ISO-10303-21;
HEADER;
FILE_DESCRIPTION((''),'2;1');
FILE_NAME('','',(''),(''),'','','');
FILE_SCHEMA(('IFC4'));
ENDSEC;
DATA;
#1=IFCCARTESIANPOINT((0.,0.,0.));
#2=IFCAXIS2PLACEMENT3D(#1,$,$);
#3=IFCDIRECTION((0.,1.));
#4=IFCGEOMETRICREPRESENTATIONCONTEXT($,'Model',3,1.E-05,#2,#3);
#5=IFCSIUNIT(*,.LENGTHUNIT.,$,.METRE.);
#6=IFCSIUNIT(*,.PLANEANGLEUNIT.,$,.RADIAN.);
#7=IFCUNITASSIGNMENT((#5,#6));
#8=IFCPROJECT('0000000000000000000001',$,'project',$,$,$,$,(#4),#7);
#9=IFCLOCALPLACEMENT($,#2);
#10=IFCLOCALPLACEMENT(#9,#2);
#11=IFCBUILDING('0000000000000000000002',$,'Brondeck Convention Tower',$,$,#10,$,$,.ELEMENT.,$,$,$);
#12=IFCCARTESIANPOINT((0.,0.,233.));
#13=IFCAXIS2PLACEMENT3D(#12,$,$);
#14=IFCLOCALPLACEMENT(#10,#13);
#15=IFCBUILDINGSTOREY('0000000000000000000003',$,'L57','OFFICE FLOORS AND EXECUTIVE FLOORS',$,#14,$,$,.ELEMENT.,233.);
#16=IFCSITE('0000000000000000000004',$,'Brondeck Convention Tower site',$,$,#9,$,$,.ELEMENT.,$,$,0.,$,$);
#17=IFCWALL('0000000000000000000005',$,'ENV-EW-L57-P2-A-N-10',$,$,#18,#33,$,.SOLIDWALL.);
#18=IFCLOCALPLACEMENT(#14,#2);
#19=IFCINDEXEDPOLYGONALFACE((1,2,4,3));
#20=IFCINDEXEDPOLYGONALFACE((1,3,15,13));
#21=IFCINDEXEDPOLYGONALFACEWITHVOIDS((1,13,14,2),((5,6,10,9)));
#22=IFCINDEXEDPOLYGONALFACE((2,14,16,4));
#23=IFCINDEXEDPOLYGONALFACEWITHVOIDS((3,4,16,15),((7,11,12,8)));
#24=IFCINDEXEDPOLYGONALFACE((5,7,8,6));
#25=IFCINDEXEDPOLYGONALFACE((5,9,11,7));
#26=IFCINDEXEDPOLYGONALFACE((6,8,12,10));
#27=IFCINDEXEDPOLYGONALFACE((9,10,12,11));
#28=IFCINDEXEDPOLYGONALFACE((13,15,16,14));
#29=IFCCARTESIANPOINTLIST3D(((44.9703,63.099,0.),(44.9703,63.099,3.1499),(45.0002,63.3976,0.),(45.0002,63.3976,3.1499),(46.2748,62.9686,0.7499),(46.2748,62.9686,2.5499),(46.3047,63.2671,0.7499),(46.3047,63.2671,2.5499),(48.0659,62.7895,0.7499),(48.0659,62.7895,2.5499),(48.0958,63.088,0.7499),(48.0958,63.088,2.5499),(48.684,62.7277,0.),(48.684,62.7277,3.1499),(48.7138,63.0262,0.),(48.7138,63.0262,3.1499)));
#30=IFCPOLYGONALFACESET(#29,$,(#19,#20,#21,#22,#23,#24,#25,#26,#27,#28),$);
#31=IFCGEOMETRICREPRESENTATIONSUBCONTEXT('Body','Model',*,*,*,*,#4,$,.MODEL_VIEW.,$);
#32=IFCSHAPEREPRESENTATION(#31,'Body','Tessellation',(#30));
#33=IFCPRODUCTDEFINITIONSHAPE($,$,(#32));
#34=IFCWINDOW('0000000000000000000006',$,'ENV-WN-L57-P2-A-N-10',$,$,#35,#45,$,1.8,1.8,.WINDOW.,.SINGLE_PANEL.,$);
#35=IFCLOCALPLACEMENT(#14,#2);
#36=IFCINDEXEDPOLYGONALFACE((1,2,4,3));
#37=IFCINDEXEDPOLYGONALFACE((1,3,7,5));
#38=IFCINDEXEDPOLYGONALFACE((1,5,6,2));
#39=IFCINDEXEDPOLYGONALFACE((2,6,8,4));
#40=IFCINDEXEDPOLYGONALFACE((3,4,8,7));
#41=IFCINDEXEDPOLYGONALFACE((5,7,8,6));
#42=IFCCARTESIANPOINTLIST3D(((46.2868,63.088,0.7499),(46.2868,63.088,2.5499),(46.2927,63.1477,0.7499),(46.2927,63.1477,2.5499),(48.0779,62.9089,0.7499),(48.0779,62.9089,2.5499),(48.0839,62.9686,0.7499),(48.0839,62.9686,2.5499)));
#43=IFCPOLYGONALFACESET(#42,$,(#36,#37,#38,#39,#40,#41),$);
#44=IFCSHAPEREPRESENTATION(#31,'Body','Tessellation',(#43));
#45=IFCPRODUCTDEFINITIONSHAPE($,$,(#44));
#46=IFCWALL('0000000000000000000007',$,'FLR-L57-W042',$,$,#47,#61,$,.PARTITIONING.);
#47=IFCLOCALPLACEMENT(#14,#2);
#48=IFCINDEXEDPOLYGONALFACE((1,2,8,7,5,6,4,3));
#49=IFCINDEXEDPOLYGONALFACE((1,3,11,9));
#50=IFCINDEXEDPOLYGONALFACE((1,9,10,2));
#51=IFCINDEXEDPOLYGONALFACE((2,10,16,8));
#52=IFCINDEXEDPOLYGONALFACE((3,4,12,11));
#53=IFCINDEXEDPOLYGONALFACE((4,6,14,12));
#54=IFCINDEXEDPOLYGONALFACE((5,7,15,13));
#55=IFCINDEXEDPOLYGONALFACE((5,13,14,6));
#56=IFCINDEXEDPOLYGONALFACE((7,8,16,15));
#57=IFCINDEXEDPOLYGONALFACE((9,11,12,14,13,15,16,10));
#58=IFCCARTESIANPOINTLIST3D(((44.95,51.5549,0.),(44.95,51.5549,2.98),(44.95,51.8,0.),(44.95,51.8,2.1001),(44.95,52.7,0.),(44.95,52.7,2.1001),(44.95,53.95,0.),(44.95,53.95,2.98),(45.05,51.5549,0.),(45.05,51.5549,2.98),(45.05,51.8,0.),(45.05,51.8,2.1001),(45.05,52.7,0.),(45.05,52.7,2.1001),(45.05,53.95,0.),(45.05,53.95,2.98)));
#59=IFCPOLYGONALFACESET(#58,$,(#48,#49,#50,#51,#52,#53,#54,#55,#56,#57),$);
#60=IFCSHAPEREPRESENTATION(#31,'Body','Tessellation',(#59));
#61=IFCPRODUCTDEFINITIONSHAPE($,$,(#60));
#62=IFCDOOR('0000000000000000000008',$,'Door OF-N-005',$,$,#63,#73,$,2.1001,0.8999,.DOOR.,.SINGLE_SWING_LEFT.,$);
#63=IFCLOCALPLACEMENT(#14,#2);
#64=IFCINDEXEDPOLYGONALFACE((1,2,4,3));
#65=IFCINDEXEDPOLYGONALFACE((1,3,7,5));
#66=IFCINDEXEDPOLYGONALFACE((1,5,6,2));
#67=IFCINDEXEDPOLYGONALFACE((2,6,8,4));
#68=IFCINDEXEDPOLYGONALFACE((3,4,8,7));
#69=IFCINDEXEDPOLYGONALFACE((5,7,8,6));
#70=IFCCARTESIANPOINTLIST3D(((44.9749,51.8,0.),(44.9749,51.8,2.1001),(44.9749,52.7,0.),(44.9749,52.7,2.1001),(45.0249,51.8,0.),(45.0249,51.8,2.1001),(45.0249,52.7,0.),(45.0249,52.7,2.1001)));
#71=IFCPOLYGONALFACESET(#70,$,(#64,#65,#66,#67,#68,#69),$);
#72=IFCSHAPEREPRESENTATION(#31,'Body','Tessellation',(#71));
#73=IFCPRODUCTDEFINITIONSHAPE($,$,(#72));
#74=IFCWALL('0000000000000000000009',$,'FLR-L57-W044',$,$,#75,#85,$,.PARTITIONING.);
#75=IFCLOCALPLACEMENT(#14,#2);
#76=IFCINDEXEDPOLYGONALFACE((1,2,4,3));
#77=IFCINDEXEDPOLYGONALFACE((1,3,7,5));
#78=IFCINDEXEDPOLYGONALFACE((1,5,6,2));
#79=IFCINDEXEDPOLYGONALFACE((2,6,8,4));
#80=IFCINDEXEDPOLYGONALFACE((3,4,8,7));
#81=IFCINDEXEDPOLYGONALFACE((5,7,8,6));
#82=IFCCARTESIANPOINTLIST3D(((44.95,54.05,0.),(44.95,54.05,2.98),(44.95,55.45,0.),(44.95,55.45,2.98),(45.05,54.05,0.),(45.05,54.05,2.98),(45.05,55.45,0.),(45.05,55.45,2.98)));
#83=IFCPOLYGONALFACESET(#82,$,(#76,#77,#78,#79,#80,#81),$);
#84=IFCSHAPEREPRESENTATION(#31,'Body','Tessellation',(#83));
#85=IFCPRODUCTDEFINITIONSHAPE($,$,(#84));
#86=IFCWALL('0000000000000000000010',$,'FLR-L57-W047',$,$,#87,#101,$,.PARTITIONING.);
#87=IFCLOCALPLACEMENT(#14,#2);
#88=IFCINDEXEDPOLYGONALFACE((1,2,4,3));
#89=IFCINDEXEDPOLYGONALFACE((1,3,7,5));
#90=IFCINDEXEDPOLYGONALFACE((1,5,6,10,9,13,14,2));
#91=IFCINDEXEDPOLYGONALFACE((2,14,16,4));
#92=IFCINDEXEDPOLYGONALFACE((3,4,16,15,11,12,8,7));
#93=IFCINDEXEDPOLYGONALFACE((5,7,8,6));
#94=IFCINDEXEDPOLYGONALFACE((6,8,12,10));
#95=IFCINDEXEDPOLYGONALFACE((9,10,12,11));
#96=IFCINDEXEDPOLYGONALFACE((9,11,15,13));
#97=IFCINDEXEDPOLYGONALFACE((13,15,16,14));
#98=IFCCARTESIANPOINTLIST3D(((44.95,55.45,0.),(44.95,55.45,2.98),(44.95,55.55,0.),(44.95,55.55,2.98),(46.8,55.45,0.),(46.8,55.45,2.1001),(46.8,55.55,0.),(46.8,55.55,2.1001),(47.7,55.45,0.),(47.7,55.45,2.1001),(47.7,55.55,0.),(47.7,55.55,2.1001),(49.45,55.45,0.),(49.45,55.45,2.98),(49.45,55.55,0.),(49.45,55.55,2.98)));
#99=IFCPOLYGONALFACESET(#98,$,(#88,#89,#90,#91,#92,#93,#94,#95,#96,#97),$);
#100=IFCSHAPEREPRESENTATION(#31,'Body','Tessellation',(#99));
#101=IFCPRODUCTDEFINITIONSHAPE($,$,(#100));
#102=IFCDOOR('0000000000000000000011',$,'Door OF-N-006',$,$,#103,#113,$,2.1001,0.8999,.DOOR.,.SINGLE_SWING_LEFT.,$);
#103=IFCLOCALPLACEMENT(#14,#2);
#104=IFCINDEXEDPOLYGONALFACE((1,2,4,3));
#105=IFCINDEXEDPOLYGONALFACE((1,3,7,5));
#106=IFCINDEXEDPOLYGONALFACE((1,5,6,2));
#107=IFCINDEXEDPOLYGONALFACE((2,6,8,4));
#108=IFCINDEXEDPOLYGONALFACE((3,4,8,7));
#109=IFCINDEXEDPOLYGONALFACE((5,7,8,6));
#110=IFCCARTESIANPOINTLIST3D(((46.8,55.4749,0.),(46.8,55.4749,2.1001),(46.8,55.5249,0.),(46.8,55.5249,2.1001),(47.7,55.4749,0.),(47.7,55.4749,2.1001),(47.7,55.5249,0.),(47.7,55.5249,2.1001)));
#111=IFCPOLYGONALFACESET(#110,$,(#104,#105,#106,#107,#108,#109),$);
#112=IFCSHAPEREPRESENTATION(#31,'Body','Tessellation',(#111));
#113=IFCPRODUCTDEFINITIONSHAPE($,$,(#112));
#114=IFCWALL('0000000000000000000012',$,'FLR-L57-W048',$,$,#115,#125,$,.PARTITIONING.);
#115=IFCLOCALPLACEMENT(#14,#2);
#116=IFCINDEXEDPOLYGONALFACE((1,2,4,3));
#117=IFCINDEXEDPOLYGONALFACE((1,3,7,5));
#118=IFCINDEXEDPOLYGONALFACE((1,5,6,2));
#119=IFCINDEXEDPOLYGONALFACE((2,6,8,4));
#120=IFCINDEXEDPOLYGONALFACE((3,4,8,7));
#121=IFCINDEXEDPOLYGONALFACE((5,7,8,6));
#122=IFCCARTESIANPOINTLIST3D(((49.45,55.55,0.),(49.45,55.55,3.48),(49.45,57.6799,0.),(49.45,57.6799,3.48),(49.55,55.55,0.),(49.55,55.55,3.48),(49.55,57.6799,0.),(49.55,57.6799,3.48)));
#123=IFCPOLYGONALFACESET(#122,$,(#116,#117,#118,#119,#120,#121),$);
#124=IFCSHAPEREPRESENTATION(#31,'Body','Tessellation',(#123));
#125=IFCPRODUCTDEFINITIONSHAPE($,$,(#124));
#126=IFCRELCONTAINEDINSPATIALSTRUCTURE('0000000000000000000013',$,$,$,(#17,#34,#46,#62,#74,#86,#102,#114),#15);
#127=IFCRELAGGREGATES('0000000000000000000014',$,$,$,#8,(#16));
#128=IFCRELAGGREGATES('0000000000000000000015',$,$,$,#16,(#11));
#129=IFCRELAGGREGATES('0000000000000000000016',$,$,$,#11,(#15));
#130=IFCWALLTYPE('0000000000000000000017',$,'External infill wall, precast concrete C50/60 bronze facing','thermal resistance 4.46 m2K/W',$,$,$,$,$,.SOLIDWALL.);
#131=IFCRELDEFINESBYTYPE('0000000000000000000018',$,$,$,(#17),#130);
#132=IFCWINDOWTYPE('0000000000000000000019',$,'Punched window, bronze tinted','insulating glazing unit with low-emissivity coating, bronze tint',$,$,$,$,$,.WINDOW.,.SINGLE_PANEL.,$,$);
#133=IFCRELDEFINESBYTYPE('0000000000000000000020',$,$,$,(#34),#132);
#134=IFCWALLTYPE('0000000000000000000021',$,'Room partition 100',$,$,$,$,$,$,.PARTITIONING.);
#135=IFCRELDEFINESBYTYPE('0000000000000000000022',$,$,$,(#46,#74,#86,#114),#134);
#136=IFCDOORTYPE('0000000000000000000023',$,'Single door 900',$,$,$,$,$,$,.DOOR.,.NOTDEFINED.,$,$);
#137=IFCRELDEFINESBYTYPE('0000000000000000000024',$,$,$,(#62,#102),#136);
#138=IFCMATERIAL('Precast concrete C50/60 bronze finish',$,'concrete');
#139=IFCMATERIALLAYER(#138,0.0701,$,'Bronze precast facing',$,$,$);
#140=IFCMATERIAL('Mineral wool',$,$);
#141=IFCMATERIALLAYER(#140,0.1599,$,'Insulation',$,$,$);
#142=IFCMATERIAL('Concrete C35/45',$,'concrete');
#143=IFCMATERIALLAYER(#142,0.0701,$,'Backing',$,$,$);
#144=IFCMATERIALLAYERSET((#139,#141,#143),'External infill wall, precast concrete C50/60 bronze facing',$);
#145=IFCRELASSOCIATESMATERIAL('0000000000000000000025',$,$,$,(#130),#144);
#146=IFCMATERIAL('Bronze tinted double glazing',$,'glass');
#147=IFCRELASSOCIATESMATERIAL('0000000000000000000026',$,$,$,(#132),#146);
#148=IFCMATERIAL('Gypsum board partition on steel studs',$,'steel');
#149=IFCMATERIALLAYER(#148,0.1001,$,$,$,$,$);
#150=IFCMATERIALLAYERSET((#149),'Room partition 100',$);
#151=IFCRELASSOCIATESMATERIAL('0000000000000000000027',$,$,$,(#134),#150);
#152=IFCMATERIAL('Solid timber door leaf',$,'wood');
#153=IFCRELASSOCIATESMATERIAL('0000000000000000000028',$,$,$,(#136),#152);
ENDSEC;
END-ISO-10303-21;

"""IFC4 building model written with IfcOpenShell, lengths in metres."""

from ifc_helpers import new_model, si_unit, direction, frame, frame_2d, origin, place, context, subcontext, project, spatial, rectangle, extrude, material, layer, layer_set, type_object, element, fill, save


model = new_model("IFC4")

# Units and contexts
model_context = context("Model", 3, precision=1e-05, world=origin(), true_north=direction((0.0, 1.0)))
body_context = subcontext(model_context, "Body", "Model", "MODEL_VIEW")
ifc_project = project(units=[si_unit("LENGTHUNIT", "METRE"), si_unit("PLANEANGLEUNIT", "RADIAN")], contexts=[model_context])

# Site, building, storey
site_placement = place(None, origin())
site = spatial("IfcSite", under=ifc_project, at=site_placement, Name="Brondeck Convention Tower site", CompositionType="ELEMENT", RefElevation=0.0)
building_placement = place(site_placement, origin())
building = spatial("IfcBuilding", under=site, at=building_placement, Name="Brondeck Convention Tower", CompositionType="ELEMENT")
storey_placement = place(building_placement, frame((0.0, 0.0, 233.0)))
storey = spatial("IfcBuildingStorey", under=building, at=storey_placement, Name="L57", Description="OFFICE FLOORS AND EXECUTIVE FLOORS", CompositionType="ELEMENT", Elevation=233.0)

# Shared definitions
ifc_material_1 = material(Name="Precast concrete C50/60 bronze finish", Category="concrete")
ifc_layer_1 = layer(ifc_material_1, 0.0701, Name="Bronze precast facing")
ifc_material_2 = material(Name="Mineral wool")
ifc_layer_2 = layer(ifc_material_2, 0.1599, Name="Insulation")
ifc_material_3 = material(Name="Concrete C35/45", Category="concrete")
ifc_layer_3 = layer(ifc_material_3, 0.0701, Name="Backing")
ifc_layer_set_1 = layer_set([ifc_layer_1, ifc_layer_2, ifc_layer_3], Name="External infill wall, precast concrete C50/60 bronze facing")
wall_type_1 = type_object("IfcWallType", Name="External infill wall, precast concrete C50/60 bronze facing", Description="thermal resistance 4.46 m2K/W", PredefinedType="SOLIDWALL", material=ifc_layer_set_1)
ifc_material_4 = material(Name="Bronze tinted double glazing", Category="glass")
window_type_1 = type_object("IfcWindowType", Name="Punched window, bronze tinted", Description="insulating glazing unit with low-emissivity coating, bronze tint", PartitioningType="SINGLE_PANEL", PredefinedType="WINDOW", material=ifc_material_4)

# Wall, opening, window
wall_1_placement = place(storey_placement, frame((44.9851, 63.2483, 0.0), z_axis=(0.0, 0.0, 1.0), x_axis=(0.995038, -0.099497, 0.0)))
wall_1 = element("IfcWall", 1, at=wall_1_placement, inside=storey, type_object=wall_type_1, Name="ENV-EW-L57-P2-A-N-10", PredefinedType="SOLIDWALL", context=body_context, shape_type="SweptSolid", body=[
    extrude(rectangle(XDim=3.7322, YDim=0.3, at=frame_2d((1.8662, 0.0))), origin(), (0.0, 0.0, 1.0), 3.1499),
])
opening_1_placement = place(wall_1_placement, frame((1.3113, 0.0, 0.75)))
opening_1 = element("IfcOpeningElement", 2, at=opening_1_placement, cuts=wall_1, PredefinedType="OPENING", context=body_context, shape_type="SweptSolid", body=[
    extrude(rectangle(XDim=1.8, YDim=1.8, at=frame_2d((0.8999, 0.8999))), frame((0.0, 0.1599, 0.0), z_axis=(0.0, -1.0, 0.0), x_axis=(1.0, 0.0, 0.0)), (0.0, 0.0, 1.0), 0.3201),
])
window_1_placement = place(opening_1_placement, origin())
window_1 = element("IfcWindow", 3, at=window_1_placement, inside=storey, type_object=window_type_1, Name="ENV-WN-L57-P2-A-N-10", OverallHeight=1.8, OverallWidth=1.8, PartitioningType="SINGLE_PANEL", PredefinedType="WINDOW", context=body_context, shape_type="SweptSolid", body=[
    extrude(rectangle(XDim=1.8, YDim=1.8, at=frame_2d((0.8999, 0.8999))), frame((0.0, 0.03, 0.0), z_axis=(0.0, -1.0, 0.0), x_axis=(1.0, 0.0, 0.0)), (0.0, 0.0, 1.0), 0.0601),
])
fill(opening_1, window_1)

# Wall, opening, door
ifc_material_5 = material(Name="Gypsum board partition on steel studs", Category="steel")
ifc_layer_4 = layer(ifc_material_5, 0.1001)
ifc_layer_set_2 = layer_set([ifc_layer_4], Name="Room partition 100")
wall_type_2 = type_object("IfcWallType", Name="Room partition 100", PredefinedType="PARTITIONING", material=ifc_layer_set_2)
wall_2_placement = place(storey_placement, frame((45.0, 53.95, 0.0), z_axis=(0.0, 0.0, 1.0), x_axis=(0.0, -1.0, 0.0)))
wall_2 = element("IfcWall", 4, at=wall_2_placement, inside=storey, type_object=wall_type_2, Name="FLR-L57-W042", PredefinedType="PARTITIONING", context=body_context, shape_type="SweptSolid", body=[
    extrude(rectangle(XDim=2.395, YDim=0.1001, at=frame_2d((1.1975, 0.0))), origin(), (0.0, 0.0, 1.0), 2.98),
])
opening_2_placement = place(wall_2_placement, frame((1.25, 0.0, 0.0)))
opening_2 = element("IfcOpeningElement", 5, at=opening_2_placement, cuts=wall_2, PredefinedType="OPENING", context=body_context, shape_type="SweptSolid", body=[
    extrude(rectangle(XDim=0.8999, YDim=2.1001, at=frame_2d((0.45, 1.05))), frame((0.0, 0.0601, 0.0), z_axis=(0.0, -1.0, 0.0), x_axis=(1.0, 0.0, 0.0)), (0.0, 0.0, 1.0), 0.1201),
])
ifc_material_6 = material(Name="Solid timber door leaf", Category="wood")
door_type = type_object("IfcDoorType", Name="Single door 900", OperationType="NOTDEFINED", PredefinedType="DOOR", material=ifc_material_6)
door_1_placement = place(opening_2_placement, origin())
door_1 = element("IfcDoor", 6, at=door_1_placement, inside=storey, type_object=door_type, Name="Door OF-N-005", OperationType="SINGLE_SWING_LEFT", OverallHeight=2.1001, OverallWidth=0.8999, PredefinedType="DOOR", context=body_context, shape_type="SweptSolid", body=[
    extrude(rectangle(XDim=0.8999, YDim=2.1001, at=frame_2d((0.45, 1.05))), frame((0.0, 0.0249, 0.0), z_axis=(0.0, -1.0, 0.0), x_axis=(1.0, 0.0, 0.0)), (0.0, 0.0, 1.0), 0.05),
])
fill(opening_2, door_1)

# Wall
wall_3_placement = place(storey_placement, frame((45.0, 54.05, 0.0), z_axis=(0.0, 0.0, 1.0), x_axis=(0.0, 1.0, 0.0)))
element("IfcWall", 7, at=wall_3_placement, inside=storey, type_object=wall_type_2, Name="FLR-L57-W044", PredefinedType="PARTITIONING", context=body_context, shape_type="SweptSolid", body=[
    extrude(rectangle(XDim=1.3999, YDim=0.1001, at=frame_2d((0.7, 0.0))), origin(), (0.0, 0.0, 1.0), 2.98),
])

# Wall, opening, door
wall_4_placement = place(storey_placement, frame((44.95, 55.5, 0.0), z_axis=(0.0, 0.0, 1.0), x_axis=(1.0, 0.0, 0.0)))
wall_4 = element("IfcWall", 8, at=wall_4_placement, inside=storey, type_object=wall_type_2, Name="FLR-L57-W047", PredefinedType="PARTITIONING", context=body_context, shape_type="SweptSolid", body=[
    extrude(rectangle(XDim=4.5, YDim=0.1001, at=frame_2d((2.25, 0.0))), origin(), (0.0, 0.0, 1.0), 2.98),
])
opening_3_placement = place(wall_4_placement, frame((1.8501, 0.0, 0.0)))
opening_3 = element("IfcOpeningElement", 9, at=opening_3_placement, cuts=wall_4, PredefinedType="OPENING", context=body_context, shape_type="SweptSolid", body=[
    extrude(rectangle(XDim=0.8999, YDim=2.1001, at=frame_2d((0.45, 1.05))), frame((0.0, 0.0601, 0.0), z_axis=(0.0, -1.0, 0.0), x_axis=(1.0, 0.0, 0.0)), (0.0, 0.0, 1.0), 0.1201),
])
door_2_placement = place(opening_3_placement, origin())
door_2 = element("IfcDoor", 10, at=door_2_placement, inside=storey, type_object=door_type, Name="Door OF-N-006", OperationType="SINGLE_SWING_LEFT", OverallHeight=2.1001, OverallWidth=0.8999, PredefinedType="DOOR", context=body_context, shape_type="SweptSolid", body=[
    extrude(rectangle(XDim=0.8999, YDim=2.1001, at=frame_2d((0.45, 1.05))), frame((0.0, 0.0249, 0.0), z_axis=(0.0, -1.0, 0.0), x_axis=(1.0, 0.0, 0.0)), (0.0, 0.0, 1.0), 0.05),
])
fill(opening_3, door_2)

# Wall
wall_5_placement = place(storey_placement, frame((49.5, 55.55, 0.0), z_axis=(0.0, 0.0, 1.0), x_axis=(0.0, 1.0, 0.0)))
element("IfcWall", 11, at=wall_5_placement, inside=storey, type_object=wall_type_2, Name="FLR-L57-W048", PredefinedType="PARTITIONING", context=body_context, shape_type="SweptSolid", body=[
    extrude(rectangle(XDim=2.1299, YDim=0.1001, at=frame_2d((1.0649, 0.0))), origin(), (0.0, 0.0, 1.0), 3.48),
])

save(model, "model.ifc")
